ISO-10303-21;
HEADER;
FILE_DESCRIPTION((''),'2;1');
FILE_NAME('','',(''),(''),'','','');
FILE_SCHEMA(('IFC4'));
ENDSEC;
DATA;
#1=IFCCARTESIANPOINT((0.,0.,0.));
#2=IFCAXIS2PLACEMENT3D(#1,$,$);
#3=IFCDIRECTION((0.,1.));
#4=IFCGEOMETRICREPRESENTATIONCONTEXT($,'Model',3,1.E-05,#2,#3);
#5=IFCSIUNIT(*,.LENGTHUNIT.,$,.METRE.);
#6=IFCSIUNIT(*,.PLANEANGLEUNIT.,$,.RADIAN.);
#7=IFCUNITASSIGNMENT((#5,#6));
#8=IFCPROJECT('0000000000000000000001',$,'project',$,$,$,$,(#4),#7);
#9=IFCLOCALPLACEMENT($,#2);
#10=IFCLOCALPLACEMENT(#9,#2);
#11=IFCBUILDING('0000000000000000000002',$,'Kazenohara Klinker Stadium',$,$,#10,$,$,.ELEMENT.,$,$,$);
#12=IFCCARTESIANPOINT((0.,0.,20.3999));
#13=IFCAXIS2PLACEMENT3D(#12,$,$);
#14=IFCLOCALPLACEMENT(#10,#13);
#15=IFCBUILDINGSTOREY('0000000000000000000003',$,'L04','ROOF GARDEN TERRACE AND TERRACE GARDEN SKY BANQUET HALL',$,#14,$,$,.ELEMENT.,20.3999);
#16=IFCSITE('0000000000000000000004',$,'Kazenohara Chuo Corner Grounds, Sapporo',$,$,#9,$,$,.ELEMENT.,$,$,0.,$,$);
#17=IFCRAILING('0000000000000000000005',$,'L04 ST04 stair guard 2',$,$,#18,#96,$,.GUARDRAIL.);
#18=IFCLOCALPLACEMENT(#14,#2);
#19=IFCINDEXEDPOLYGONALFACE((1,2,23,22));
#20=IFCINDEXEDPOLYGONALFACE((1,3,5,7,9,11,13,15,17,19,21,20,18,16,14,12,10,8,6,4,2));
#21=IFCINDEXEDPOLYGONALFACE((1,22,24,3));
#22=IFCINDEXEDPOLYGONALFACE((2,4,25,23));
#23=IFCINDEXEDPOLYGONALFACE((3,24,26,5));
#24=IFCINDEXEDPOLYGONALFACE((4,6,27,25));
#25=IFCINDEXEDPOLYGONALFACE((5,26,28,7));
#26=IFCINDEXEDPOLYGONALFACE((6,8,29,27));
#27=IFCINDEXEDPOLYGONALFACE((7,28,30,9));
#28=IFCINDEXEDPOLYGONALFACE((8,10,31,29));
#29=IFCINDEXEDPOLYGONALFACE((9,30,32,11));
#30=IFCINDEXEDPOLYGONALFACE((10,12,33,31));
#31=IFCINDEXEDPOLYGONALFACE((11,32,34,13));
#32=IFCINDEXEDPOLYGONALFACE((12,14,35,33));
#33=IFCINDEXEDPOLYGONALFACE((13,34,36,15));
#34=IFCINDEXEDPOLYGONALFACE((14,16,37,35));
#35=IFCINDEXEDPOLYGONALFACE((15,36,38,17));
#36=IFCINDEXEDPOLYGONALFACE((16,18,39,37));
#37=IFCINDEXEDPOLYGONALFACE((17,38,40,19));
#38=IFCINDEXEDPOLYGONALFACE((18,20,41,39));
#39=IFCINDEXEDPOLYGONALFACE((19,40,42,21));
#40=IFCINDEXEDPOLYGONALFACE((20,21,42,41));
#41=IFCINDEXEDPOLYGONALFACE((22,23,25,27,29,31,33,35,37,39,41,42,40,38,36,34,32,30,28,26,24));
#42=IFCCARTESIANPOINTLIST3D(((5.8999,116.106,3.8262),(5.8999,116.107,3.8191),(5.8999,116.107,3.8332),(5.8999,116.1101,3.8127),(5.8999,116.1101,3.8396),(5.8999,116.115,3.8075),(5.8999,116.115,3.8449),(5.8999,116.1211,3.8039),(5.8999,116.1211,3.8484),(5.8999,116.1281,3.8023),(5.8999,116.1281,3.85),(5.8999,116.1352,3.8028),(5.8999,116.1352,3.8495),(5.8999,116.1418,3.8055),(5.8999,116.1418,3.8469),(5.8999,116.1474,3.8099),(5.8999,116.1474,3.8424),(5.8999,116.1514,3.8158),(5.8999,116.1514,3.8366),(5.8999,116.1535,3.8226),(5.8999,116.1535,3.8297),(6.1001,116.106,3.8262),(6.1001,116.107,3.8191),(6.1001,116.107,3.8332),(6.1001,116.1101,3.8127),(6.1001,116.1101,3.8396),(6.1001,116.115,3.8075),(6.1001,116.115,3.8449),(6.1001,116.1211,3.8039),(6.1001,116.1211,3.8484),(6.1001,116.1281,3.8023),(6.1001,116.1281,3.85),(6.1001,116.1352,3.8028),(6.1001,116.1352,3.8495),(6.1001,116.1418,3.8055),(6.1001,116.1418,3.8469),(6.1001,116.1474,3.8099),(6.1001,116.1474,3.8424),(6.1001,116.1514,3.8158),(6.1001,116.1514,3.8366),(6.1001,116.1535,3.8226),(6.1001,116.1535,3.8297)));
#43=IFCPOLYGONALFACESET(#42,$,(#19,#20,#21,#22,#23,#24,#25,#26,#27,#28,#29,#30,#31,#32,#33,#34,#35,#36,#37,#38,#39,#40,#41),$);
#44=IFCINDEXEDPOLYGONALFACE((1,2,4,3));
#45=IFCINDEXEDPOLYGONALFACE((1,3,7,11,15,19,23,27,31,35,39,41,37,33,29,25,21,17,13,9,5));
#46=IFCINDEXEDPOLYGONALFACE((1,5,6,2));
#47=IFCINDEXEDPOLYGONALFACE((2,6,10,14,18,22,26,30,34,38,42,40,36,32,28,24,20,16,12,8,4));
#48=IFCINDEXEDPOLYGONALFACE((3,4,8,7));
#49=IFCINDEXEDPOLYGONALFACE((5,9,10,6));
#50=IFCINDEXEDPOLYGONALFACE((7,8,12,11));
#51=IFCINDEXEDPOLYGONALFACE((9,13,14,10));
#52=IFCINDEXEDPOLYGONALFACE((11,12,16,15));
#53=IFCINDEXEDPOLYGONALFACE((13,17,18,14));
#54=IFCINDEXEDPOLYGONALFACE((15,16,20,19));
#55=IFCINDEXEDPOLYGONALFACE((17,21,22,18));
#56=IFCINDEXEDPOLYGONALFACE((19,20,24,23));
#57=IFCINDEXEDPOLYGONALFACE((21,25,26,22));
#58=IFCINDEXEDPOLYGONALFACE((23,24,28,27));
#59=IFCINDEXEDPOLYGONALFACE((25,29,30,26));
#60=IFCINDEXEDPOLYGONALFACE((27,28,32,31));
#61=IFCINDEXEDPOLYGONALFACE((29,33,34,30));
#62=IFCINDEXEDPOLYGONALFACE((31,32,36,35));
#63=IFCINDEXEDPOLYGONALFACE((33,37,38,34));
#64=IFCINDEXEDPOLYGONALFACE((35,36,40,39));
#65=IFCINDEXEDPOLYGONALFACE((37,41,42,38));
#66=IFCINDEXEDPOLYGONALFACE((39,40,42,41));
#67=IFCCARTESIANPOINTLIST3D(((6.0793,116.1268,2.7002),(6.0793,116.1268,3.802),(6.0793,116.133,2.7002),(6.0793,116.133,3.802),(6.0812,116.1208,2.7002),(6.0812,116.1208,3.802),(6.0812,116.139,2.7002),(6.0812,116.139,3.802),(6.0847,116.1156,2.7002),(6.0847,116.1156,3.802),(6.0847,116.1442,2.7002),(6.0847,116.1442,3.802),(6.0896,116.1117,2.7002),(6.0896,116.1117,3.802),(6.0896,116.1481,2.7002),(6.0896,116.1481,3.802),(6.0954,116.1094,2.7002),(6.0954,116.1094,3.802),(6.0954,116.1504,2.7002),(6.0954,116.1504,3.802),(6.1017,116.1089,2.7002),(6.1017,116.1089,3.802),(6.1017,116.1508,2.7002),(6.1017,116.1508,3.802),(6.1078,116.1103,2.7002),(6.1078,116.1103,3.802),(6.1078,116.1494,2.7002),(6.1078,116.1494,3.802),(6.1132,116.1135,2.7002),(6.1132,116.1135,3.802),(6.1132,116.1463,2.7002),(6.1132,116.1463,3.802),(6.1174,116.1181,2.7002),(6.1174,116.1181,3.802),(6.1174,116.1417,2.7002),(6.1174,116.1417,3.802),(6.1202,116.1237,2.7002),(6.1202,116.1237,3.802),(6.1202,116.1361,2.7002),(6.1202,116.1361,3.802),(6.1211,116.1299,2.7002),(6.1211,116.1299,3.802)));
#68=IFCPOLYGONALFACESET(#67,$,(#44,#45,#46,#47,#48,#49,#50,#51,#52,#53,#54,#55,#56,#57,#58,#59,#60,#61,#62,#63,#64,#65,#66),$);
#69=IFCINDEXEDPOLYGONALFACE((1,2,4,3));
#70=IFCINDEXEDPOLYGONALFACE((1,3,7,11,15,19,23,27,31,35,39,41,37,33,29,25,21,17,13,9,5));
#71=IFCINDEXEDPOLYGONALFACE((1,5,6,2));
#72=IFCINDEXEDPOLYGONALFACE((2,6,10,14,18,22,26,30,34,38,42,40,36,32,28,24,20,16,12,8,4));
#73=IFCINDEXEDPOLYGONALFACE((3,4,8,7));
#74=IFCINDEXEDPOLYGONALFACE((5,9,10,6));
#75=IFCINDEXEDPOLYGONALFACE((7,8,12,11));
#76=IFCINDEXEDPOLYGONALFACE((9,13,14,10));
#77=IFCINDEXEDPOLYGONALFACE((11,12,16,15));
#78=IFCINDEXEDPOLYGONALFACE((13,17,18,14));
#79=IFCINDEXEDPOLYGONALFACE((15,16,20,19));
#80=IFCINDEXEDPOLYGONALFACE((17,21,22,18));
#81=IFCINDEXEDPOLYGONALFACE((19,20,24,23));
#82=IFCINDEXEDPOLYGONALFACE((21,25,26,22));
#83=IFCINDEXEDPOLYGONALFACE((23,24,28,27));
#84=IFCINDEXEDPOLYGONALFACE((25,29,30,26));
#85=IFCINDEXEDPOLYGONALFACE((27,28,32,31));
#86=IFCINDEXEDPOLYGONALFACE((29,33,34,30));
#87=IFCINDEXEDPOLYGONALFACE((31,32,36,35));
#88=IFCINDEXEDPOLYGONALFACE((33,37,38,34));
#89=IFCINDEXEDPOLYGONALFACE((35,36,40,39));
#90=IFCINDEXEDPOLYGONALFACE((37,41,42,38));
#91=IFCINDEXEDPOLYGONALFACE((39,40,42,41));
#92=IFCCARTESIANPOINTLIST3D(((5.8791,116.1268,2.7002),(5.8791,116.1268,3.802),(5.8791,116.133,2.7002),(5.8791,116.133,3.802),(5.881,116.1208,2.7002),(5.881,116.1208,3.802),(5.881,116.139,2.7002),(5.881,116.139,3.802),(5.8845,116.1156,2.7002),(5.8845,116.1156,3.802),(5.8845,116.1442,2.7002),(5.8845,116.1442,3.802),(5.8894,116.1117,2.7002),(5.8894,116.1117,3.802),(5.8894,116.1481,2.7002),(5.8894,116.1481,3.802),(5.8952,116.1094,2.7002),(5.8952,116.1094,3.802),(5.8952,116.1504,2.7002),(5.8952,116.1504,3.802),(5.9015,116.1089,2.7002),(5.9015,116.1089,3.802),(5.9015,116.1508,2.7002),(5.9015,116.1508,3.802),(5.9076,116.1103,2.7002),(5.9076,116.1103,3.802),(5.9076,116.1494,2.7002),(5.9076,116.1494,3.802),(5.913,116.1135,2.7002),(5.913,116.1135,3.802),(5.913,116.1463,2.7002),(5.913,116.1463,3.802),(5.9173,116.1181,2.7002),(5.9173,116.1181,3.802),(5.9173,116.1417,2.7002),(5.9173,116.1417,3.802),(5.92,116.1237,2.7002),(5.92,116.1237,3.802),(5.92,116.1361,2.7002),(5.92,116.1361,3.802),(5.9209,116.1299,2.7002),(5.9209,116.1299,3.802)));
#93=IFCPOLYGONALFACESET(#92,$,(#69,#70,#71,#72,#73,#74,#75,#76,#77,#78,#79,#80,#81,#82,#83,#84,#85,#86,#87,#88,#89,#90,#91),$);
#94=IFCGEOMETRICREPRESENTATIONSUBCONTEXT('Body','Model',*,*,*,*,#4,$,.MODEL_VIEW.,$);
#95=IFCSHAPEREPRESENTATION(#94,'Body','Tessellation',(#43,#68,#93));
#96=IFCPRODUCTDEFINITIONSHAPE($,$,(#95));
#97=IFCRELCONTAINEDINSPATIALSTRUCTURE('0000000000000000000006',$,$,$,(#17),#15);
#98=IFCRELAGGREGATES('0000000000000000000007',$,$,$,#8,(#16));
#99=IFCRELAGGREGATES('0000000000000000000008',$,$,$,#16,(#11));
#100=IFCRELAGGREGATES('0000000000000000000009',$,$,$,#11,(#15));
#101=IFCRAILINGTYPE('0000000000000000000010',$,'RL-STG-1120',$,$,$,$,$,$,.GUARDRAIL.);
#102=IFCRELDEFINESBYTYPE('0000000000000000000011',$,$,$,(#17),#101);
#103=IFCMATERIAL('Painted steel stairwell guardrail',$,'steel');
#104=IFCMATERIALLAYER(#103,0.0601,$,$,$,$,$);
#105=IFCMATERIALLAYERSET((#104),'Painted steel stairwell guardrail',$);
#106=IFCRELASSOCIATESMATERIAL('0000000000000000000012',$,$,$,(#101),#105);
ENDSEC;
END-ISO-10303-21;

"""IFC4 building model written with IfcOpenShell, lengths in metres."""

from ifc_helpers import new_model, si_unit, direction, frame, origin, origin_2d, place, context, subcontext, project, spatial, circle, extrude, material, layer, layer_set, type_object, element, save


model = new_model("IFC4")

# Units and contexts
model_context = context("Model", 3, precision=1e-05, world=origin(), true_north=direction((0.0, 1.0)))
body_context = subcontext(model_context, "Body", "Model", "MODEL_VIEW")
ifc_project = project(units=[si_unit("LENGTHUNIT", "METRE"), si_unit("PLANEANGLEUNIT", "RADIAN")], contexts=[model_context])

# Site, building, storey
site_placement = place(None, origin())
site = spatial("IfcSite", under=ifc_project, at=site_placement, Name="Kazenohara Chuo Corner Grounds, Sapporo", CompositionType="ELEMENT", RefElevation=0.0)
building_placement = place(site_placement, origin())
building = spatial("IfcBuilding", under=site, at=building_placement, Name="Kazenohara Klinker Stadium", CompositionType="ELEMENT")
storey_placement = place(building_placement, frame((0.0, 0.0, 20.3999)))
storey = spatial("IfcBuildingStorey", under=building, at=storey_placement, Name="L04", Description="ROOF GARDEN TERRACE AND TERRACE GARDEN SKY BANQUET HALL", CompositionType="ELEMENT", Elevation=20.3999)

# Railing
ifc_material_1 = material(Name="Painted steel stairwell guardrail", Category="steel")
ifc_layer_1 = layer(ifc_material_1, 0.0601)
ifc_layer_set_1 = layer_set([ifc_layer_1], Name="Painted steel stairwell guardrail")
railing_type_1 = type_object("IfcRailingType", Name="RL-STG-1120", PredefinedType="GUARDRAIL", material=ifc_layer_set_1)
railing_1_placement = place(storey_placement, frame((6.1001, 116.1299, 2.7002)))
element("IfcRailing", 1, at=railing_1_placement, inside=storey, type_object=railing_type_1, Name="L04 ST04 stair guard 2", PredefinedType="GUARDRAIL", context=body_context, shape_type="SweptSolid", body=[
    extrude(circle(Radius=0.0239, at=origin_2d()), frame((0.0, 0.0, 1.126), z_axis=(-1.0, 0.0, 0.0), x_axis=(0.0, -1.0, 0.0)), (0.0, 0.0, 1.0), 0.2002),
    extrude(circle(Radius=0.021, at=origin_2d()), origin(), (0.0, 0.0, 1.0), 1.1018),
    extrude(circle(Radius=0.021, at=origin_2d()), frame((-0.2002, 0.0, 0.0)), (0.0, 0.0, 1.0), 1.1018),
])

save(model, "model.ifc")
